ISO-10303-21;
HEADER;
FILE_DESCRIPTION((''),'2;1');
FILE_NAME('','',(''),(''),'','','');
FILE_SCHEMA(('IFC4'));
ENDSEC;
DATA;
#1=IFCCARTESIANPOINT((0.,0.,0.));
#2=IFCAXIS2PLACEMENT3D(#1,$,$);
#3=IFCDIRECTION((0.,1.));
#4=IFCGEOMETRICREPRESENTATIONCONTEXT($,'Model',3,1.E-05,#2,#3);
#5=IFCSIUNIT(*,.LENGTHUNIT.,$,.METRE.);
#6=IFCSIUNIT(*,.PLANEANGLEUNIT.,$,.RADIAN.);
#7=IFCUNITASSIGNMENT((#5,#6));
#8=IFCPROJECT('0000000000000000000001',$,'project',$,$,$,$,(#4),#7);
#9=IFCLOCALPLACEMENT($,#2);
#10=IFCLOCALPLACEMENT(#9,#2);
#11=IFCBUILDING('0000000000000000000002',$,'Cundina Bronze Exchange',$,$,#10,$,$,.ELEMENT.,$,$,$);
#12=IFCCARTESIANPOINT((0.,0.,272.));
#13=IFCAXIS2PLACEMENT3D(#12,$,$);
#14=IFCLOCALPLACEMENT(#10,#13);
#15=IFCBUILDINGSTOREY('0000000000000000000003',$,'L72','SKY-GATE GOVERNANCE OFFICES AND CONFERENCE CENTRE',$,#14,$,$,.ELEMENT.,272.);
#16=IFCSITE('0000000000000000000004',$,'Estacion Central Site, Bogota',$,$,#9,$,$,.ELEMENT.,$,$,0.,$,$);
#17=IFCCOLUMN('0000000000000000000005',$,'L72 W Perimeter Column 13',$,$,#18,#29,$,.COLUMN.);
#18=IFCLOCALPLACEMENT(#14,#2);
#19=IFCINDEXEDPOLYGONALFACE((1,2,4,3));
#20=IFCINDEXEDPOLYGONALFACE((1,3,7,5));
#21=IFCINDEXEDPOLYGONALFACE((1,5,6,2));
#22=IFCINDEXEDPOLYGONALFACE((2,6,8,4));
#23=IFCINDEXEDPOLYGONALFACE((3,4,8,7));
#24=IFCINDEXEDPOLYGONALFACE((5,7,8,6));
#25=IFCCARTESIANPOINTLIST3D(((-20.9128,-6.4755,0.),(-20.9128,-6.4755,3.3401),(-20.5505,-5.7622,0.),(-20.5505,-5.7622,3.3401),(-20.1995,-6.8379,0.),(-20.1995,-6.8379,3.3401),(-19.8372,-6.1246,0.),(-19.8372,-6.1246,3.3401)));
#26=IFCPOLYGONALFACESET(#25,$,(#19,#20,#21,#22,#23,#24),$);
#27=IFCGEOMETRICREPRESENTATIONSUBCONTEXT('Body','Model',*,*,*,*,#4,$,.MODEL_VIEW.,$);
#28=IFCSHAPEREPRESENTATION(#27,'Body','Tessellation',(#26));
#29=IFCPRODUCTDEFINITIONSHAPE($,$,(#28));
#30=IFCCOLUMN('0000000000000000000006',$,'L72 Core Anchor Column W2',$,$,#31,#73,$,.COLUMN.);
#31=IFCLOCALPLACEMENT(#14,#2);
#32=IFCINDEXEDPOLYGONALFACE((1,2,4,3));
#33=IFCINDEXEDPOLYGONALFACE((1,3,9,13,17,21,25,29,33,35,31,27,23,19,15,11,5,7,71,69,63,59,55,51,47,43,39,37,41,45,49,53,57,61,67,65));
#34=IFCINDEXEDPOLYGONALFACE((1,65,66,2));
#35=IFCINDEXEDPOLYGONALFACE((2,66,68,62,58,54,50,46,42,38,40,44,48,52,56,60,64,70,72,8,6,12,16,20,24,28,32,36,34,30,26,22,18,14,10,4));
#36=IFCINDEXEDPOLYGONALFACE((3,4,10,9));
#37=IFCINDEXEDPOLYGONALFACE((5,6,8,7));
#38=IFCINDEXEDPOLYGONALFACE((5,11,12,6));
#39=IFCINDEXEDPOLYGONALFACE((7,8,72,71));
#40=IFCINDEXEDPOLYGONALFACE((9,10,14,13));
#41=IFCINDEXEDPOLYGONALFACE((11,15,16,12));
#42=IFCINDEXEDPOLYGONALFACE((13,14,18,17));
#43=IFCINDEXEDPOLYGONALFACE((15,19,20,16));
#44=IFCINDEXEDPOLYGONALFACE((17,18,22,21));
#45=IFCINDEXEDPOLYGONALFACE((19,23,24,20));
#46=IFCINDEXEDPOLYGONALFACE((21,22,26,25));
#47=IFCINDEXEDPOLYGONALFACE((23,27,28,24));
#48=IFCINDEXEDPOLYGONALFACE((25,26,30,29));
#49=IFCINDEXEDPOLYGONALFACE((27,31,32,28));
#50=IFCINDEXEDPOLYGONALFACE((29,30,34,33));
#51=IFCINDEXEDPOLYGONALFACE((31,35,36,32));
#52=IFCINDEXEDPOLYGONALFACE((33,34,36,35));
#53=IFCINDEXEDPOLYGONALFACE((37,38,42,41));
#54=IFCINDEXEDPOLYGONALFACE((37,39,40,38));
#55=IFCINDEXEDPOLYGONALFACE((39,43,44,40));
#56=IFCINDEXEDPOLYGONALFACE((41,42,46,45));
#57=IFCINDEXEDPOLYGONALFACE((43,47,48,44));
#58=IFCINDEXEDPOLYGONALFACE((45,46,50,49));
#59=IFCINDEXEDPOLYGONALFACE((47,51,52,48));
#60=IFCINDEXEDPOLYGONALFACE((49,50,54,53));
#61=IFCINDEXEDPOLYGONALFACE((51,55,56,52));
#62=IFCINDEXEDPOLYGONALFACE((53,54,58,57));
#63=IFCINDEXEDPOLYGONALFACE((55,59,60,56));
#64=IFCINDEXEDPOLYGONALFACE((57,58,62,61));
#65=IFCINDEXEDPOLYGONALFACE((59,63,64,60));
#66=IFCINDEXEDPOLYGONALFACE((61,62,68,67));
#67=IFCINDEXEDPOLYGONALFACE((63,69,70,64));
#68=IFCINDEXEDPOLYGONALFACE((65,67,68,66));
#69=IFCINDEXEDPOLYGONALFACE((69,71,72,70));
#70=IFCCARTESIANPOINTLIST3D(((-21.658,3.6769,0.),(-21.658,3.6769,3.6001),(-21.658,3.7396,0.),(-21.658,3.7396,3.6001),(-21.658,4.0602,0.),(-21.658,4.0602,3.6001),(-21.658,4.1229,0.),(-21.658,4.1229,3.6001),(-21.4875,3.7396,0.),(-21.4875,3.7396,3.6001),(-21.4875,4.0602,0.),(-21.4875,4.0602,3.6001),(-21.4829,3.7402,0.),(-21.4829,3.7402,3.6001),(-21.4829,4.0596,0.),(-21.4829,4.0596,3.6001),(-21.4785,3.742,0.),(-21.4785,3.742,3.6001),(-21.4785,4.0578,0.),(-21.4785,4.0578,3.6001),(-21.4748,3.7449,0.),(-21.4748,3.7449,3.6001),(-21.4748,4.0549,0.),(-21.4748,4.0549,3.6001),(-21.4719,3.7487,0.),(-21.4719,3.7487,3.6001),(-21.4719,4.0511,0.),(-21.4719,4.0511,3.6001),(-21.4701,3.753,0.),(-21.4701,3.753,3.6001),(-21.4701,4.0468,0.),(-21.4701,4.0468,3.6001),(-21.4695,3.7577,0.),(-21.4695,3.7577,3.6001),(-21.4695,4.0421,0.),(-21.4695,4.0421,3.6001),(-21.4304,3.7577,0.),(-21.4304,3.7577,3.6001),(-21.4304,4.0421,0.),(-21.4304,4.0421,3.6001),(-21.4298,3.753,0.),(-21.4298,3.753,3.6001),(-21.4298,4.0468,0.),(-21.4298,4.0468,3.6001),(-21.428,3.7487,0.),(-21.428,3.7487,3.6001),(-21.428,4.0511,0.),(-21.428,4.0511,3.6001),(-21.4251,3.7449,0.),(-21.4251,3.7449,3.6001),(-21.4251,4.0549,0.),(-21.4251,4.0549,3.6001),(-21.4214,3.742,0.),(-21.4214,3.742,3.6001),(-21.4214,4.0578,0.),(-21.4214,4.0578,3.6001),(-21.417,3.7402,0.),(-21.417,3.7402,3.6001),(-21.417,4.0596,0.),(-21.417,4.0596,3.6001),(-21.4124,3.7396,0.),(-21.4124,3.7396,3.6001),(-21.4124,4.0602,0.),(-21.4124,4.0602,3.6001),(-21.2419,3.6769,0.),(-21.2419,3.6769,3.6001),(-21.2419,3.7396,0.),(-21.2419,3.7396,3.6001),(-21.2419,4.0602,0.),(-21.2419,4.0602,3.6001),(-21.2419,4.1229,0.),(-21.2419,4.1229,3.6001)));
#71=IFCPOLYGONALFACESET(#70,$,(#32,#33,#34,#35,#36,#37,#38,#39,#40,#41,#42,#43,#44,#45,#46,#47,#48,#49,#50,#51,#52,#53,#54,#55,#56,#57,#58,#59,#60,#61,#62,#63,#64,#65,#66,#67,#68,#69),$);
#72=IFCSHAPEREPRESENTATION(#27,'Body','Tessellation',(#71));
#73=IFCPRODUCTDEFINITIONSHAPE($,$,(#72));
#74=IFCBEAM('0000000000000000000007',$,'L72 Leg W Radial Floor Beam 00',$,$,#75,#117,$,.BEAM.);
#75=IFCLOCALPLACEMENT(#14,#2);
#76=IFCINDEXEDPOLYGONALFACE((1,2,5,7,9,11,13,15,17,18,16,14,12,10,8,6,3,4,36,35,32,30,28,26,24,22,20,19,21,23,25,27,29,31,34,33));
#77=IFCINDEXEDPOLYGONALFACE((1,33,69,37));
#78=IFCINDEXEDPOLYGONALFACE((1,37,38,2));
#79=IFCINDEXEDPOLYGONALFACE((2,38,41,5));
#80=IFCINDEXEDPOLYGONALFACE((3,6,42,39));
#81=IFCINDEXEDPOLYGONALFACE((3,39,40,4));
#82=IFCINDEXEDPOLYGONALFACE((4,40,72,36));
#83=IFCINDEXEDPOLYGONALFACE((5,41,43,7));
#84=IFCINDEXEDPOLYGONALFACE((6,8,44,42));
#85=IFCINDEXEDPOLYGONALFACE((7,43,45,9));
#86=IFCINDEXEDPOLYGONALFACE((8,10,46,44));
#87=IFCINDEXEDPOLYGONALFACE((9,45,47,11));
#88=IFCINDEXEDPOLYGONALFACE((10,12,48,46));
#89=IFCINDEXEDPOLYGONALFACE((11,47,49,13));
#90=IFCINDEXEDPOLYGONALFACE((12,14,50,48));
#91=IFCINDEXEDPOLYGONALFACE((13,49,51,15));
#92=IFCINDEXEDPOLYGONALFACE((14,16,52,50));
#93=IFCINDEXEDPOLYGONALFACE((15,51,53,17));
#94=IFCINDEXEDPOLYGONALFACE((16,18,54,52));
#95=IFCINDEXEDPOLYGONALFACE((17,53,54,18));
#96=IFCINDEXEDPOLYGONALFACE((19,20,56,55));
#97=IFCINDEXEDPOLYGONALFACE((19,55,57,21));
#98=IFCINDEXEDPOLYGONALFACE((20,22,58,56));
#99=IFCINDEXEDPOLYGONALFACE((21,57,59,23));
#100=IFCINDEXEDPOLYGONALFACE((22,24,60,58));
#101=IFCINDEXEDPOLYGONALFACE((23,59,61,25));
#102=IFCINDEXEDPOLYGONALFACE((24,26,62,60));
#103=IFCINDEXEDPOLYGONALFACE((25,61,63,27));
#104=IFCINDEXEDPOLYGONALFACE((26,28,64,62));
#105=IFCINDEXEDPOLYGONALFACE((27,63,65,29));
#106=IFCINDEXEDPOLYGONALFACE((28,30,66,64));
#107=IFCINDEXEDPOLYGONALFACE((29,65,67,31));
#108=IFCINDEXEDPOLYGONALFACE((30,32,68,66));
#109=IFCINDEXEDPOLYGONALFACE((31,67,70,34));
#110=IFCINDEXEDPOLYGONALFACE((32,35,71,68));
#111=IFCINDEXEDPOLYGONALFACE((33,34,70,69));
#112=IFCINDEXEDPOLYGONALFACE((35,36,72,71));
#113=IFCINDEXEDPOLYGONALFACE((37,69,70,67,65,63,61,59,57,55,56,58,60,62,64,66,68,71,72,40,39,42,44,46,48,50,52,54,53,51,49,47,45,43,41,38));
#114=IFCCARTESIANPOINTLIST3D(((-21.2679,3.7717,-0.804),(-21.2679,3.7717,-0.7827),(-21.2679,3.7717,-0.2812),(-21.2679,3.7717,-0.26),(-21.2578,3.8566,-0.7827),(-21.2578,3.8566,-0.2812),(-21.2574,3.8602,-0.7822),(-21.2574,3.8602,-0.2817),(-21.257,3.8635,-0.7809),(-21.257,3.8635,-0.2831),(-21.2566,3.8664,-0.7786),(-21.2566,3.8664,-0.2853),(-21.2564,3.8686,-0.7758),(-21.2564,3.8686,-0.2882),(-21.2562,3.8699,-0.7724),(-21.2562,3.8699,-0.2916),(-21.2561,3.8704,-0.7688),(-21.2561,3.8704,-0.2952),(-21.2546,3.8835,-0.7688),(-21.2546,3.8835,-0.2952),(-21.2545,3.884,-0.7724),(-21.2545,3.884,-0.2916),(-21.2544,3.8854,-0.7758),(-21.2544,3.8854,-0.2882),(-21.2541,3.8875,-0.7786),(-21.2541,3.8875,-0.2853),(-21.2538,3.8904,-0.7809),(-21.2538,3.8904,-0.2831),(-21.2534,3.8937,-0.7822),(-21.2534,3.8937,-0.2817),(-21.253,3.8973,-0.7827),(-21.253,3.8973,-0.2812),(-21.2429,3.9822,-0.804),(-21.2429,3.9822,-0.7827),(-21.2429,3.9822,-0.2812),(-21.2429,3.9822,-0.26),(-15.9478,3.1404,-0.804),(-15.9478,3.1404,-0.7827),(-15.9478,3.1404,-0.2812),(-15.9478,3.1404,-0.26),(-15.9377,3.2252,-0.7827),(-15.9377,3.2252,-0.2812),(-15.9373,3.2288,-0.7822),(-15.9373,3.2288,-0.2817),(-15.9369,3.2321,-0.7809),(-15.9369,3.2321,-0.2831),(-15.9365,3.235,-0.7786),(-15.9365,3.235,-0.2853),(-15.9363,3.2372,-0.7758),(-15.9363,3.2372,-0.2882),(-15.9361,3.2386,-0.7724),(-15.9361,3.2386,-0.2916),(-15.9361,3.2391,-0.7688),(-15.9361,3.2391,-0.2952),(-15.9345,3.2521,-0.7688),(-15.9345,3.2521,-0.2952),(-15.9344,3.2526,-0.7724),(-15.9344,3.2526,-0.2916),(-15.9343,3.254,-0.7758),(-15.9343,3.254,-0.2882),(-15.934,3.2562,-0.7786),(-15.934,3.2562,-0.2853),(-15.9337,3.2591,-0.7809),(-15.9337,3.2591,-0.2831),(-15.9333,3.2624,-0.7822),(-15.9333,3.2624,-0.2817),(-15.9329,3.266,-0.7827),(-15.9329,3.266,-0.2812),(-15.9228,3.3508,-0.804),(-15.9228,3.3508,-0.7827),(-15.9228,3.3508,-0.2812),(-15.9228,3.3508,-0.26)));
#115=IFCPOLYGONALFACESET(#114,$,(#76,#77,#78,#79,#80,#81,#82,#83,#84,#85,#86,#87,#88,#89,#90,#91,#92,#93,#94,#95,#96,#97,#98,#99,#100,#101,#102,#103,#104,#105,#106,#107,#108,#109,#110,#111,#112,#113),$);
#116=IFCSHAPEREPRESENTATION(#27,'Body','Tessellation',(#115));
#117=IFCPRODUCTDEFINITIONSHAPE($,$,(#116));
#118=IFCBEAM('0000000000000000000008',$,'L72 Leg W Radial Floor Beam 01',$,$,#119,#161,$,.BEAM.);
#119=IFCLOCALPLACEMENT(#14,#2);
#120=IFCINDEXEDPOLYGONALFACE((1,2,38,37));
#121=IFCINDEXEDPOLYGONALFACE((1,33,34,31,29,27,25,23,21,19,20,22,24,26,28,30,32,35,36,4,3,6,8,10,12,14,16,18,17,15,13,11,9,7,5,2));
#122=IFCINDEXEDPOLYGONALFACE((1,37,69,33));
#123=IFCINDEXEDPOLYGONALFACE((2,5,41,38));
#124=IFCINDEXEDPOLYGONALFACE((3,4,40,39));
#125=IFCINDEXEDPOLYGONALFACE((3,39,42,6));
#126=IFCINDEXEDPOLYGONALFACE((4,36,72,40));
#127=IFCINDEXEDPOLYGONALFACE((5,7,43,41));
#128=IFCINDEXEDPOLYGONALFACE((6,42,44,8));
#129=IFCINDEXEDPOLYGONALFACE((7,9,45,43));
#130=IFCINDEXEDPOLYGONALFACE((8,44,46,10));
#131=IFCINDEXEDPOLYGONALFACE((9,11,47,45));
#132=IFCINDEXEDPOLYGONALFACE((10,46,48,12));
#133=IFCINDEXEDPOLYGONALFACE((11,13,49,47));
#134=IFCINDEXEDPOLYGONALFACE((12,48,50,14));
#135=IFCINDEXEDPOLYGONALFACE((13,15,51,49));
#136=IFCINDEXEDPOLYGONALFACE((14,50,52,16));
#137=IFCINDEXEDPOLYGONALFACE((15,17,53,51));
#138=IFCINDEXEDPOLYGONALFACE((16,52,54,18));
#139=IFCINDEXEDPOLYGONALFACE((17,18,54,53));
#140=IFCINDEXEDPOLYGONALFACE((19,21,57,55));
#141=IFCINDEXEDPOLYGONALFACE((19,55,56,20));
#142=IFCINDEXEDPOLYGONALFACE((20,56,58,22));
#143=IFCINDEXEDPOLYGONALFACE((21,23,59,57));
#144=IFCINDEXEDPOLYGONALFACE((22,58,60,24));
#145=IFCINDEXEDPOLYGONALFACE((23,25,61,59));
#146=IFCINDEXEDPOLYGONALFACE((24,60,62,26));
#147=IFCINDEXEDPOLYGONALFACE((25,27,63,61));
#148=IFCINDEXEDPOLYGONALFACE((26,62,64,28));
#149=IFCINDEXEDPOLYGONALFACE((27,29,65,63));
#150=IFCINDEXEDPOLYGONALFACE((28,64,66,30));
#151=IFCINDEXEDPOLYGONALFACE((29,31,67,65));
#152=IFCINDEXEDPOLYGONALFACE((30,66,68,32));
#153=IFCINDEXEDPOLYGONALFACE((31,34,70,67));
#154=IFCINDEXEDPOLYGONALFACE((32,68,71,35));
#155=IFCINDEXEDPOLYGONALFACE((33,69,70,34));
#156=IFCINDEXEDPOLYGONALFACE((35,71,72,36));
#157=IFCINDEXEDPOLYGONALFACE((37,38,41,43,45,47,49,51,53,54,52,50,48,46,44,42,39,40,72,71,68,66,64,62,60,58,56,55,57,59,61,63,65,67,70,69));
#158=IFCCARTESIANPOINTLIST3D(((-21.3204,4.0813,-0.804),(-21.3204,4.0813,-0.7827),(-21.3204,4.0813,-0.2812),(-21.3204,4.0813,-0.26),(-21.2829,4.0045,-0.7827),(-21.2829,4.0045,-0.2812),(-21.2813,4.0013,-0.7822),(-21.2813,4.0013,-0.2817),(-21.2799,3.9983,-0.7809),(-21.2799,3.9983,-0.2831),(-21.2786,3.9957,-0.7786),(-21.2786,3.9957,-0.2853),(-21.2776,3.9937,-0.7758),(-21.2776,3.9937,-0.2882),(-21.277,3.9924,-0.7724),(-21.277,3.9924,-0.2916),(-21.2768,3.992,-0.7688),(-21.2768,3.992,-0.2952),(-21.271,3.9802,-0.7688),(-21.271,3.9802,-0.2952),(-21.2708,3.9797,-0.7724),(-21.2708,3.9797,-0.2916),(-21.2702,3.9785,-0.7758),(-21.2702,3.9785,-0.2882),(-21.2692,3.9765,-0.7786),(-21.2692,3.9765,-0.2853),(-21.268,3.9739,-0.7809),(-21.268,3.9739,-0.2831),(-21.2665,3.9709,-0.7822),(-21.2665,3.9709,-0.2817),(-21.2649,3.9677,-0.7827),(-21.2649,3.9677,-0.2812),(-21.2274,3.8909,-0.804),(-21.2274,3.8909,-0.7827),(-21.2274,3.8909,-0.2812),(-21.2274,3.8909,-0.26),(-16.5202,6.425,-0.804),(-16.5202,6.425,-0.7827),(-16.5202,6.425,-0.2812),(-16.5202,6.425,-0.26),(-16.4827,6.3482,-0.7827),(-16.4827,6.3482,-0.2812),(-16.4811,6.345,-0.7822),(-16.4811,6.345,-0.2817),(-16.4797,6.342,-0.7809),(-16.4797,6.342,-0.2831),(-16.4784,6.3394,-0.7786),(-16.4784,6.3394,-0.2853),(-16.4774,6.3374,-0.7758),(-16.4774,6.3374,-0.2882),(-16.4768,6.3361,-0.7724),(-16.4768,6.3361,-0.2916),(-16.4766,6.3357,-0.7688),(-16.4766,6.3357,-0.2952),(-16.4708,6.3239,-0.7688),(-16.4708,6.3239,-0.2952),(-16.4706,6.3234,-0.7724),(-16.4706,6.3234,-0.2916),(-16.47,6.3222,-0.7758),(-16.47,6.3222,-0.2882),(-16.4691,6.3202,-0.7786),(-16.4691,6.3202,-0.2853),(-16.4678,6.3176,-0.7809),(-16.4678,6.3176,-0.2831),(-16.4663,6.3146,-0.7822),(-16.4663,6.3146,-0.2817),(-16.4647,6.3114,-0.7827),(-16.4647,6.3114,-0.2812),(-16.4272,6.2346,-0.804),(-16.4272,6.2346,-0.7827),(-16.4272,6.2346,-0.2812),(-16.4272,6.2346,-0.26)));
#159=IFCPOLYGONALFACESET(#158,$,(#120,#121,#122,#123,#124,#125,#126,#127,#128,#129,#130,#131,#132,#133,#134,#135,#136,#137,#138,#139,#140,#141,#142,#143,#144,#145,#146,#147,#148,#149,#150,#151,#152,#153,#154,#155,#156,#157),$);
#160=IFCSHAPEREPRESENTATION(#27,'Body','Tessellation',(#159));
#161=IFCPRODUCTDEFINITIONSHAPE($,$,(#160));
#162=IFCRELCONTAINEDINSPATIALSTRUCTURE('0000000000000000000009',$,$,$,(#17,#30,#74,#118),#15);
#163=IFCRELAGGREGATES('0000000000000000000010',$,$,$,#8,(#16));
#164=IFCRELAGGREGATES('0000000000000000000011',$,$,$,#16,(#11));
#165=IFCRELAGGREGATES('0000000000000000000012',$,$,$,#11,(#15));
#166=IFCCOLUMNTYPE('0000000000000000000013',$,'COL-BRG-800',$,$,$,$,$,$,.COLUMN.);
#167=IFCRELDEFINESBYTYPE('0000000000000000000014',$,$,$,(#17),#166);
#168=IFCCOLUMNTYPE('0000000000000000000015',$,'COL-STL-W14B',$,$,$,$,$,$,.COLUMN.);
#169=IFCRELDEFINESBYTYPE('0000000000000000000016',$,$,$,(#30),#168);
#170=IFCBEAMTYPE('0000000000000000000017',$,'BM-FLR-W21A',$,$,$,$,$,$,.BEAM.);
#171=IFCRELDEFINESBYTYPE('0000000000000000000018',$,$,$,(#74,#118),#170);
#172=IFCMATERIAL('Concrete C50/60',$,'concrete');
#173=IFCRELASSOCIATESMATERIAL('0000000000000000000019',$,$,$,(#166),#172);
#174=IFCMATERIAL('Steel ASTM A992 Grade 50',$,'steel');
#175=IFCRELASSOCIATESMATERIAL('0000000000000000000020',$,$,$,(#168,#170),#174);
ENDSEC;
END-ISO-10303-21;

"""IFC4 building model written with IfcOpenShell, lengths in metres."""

from ifc_helpers import new_model, si_unit, direction, frame, origin, origin_2d, place, context, subcontext, project, spatial, rectangle, i_section, extrude, material, material_profile, profile_set, type_object, element, save


model = new_model("IFC4")

# Units and contexts
model_context = context("Model", 3, precision=1e-05, world=origin(), true_north=direction((0.0, 1.0)))
body_context = subcontext(model_context, "Body", "Model", "MODEL_VIEW")
ifc_project = project(units=[si_unit("LENGTHUNIT", "METRE"), si_unit("PLANEANGLEUNIT", "RADIAN")], contexts=[model_context])

# Site, building, storey
site_placement = place(None, origin())
site = spatial("IfcSite", under=ifc_project, at=site_placement, Name="Estacion Central Site, Bogota", CompositionType="ELEMENT", RefElevation=0.0)
building_placement = place(site_placement, origin())
building = spatial("IfcBuilding", under=site, at=building_placement, Name="Cundina Bronze Exchange", CompositionType="ELEMENT")
storey_placement = place(building_placement, frame((0.0, 0.0, 272.0)))
storey = spatial("IfcBuildingStorey", under=building, at=storey_placement, Name="L72", Description="SKY-GATE GOVERNANCE OFFICES AND CONFERENCE CENTRE", CompositionType="ELEMENT", Elevation=272.0)

# Columns
ifc_material_1 = material(Name="Concrete C50/60", Category="concrete")
ifc_material_profile_1 = material_profile(ifc_material_1, rectangle(XDim=0.8, YDim=0.8, at=origin_2d()), Name="RC800X800", Category="concrete")
ifc_profile_set_1 = profile_set([ifc_material_profile_1], Name="Concrete C50/60")
column_type_1 = type_object("IfcColumnType", Name="COL-BRG-800", PredefinedType="COLUMN", material=ifc_profile_set_1)
column_1_placement = place(storey_placement, frame((-20.375, -6.3, 0.0), z_axis=(0.0, 0.0, 1.0), x_axis=(0.452902, 0.891561, 0.0)))
element("IfcColumn", 1, at=column_1_placement, inside=storey, type_object=column_type_1, Name="L72 W Perimeter Column 13", PredefinedType="COLUMN", context=body_context, shape_type="SweptSolid", body=[
    extrude(rectangle(XDim=0.8, YDim=0.8, at=origin_2d()), origin(), (0.0, 0.0, 1.0), 3.3401),
])
ifc_material_2 = material(Name="Steel ASTM A992 Grade 50", Category="steel")
ifc_material_profile_2 = material_profile(ifc_material_2, i_section(OverallWidth=0.416, OverallDepth=0.446, WebThickness=0.0391, FlangeThickness=0.0627, FilletRadius=0.0181, at=origin_2d()), Name="W14X342", Category="steel")
ifc_profile_set_2 = profile_set([ifc_material_profile_2], Name="Steel ASTM A992 Grade 50")
column_type_2 = type_object("IfcColumnType", Name="COL-STL-W14B", PredefinedType="COLUMN", material=ifc_profile_set_2)
column_2_placement = place(storey_placement, frame((-21.45, 3.8999, 0.0), z_axis=(0.0, 0.0, 1.0), x_axis=(1.0, 0.0, 0.0)))
element("IfcColumn", 2, at=column_2_placement, inside=storey, type_object=column_type_2, Name="L72 Core Anchor Column W2", PredefinedType="COLUMN", context=body_context, shape_type="SweptSolid", body=[
    extrude(i_section(OverallWidth=0.416, OverallDepth=0.446, WebThickness=0.0391, FlangeThickness=0.0627, FilletRadius=0.0181, at=origin_2d()), origin(), (0.0, 0.0, 1.0), 3.6001),
])

# Beams
ifc_material_profile_3 = material_profile(ifc_material_2, i_section(OverallWidth=0.2119, OverallDepth=0.5439, WebThickness=0.0132, FlangeThickness=0.0212, FilletRadius=0.0139, at=origin_2d()), Name="W21X83", Category="steel")
ifc_profile_set_3 = profile_set([ifc_material_profile_3], Name="Steel ASTM A992 Grade 50")
beam_type_1 = type_object("IfcBeamType", Name="BM-FLR-W21A", PredefinedType="BEAM", material=ifc_profile_set_3)
beam_1_placement = place(storey_placement, frame((-21.2554, 3.877, -0.532), z_axis=(0.993032, -0.117846, 0.0), x_axis=(0.117846, 0.993032, 0.0)))
element("IfcBeam", 3, at=beam_1_placement, inside=storey, type_object=beam_type_1, Name="L72 Leg W Radial Floor Beam 00", PredefinedType="BEAM", context=body_context, shape_type="SweptSolid", body=[
    extrude(i_section(OverallWidth=0.2119, OverallDepth=0.5439, WebThickness=0.0132, FlangeThickness=0.0212, FilletRadius=0.0139, at=origin_2d()), origin(), (0.0, 0.0, 1.0), 5.3574),
])
beam_2_placement = place(storey_placement, frame((-21.2739, 3.9861, -0.532), z_axis=(0.89861, 0.438748, 0.0), x_axis=(-0.438748, 0.89861, 0.0)))
element("IfcBeam", 4, at=beam_2_placement, inside=storey, type_object=beam_type_1, Name="L72 Leg W Radial Floor Beam 01", PredefinedType="BEAM", context=body_context, shape_type="SweptSolid", body=[
    extrude(i_section(OverallWidth=0.2119, OverallDepth=0.5439, WebThickness=0.0132, FlangeThickness=0.0212, FilletRadius=0.0139, at=origin_2d()), origin(), (0.0, 0.0, 1.0), 5.3418),
])

save(model, "model.ifc")
